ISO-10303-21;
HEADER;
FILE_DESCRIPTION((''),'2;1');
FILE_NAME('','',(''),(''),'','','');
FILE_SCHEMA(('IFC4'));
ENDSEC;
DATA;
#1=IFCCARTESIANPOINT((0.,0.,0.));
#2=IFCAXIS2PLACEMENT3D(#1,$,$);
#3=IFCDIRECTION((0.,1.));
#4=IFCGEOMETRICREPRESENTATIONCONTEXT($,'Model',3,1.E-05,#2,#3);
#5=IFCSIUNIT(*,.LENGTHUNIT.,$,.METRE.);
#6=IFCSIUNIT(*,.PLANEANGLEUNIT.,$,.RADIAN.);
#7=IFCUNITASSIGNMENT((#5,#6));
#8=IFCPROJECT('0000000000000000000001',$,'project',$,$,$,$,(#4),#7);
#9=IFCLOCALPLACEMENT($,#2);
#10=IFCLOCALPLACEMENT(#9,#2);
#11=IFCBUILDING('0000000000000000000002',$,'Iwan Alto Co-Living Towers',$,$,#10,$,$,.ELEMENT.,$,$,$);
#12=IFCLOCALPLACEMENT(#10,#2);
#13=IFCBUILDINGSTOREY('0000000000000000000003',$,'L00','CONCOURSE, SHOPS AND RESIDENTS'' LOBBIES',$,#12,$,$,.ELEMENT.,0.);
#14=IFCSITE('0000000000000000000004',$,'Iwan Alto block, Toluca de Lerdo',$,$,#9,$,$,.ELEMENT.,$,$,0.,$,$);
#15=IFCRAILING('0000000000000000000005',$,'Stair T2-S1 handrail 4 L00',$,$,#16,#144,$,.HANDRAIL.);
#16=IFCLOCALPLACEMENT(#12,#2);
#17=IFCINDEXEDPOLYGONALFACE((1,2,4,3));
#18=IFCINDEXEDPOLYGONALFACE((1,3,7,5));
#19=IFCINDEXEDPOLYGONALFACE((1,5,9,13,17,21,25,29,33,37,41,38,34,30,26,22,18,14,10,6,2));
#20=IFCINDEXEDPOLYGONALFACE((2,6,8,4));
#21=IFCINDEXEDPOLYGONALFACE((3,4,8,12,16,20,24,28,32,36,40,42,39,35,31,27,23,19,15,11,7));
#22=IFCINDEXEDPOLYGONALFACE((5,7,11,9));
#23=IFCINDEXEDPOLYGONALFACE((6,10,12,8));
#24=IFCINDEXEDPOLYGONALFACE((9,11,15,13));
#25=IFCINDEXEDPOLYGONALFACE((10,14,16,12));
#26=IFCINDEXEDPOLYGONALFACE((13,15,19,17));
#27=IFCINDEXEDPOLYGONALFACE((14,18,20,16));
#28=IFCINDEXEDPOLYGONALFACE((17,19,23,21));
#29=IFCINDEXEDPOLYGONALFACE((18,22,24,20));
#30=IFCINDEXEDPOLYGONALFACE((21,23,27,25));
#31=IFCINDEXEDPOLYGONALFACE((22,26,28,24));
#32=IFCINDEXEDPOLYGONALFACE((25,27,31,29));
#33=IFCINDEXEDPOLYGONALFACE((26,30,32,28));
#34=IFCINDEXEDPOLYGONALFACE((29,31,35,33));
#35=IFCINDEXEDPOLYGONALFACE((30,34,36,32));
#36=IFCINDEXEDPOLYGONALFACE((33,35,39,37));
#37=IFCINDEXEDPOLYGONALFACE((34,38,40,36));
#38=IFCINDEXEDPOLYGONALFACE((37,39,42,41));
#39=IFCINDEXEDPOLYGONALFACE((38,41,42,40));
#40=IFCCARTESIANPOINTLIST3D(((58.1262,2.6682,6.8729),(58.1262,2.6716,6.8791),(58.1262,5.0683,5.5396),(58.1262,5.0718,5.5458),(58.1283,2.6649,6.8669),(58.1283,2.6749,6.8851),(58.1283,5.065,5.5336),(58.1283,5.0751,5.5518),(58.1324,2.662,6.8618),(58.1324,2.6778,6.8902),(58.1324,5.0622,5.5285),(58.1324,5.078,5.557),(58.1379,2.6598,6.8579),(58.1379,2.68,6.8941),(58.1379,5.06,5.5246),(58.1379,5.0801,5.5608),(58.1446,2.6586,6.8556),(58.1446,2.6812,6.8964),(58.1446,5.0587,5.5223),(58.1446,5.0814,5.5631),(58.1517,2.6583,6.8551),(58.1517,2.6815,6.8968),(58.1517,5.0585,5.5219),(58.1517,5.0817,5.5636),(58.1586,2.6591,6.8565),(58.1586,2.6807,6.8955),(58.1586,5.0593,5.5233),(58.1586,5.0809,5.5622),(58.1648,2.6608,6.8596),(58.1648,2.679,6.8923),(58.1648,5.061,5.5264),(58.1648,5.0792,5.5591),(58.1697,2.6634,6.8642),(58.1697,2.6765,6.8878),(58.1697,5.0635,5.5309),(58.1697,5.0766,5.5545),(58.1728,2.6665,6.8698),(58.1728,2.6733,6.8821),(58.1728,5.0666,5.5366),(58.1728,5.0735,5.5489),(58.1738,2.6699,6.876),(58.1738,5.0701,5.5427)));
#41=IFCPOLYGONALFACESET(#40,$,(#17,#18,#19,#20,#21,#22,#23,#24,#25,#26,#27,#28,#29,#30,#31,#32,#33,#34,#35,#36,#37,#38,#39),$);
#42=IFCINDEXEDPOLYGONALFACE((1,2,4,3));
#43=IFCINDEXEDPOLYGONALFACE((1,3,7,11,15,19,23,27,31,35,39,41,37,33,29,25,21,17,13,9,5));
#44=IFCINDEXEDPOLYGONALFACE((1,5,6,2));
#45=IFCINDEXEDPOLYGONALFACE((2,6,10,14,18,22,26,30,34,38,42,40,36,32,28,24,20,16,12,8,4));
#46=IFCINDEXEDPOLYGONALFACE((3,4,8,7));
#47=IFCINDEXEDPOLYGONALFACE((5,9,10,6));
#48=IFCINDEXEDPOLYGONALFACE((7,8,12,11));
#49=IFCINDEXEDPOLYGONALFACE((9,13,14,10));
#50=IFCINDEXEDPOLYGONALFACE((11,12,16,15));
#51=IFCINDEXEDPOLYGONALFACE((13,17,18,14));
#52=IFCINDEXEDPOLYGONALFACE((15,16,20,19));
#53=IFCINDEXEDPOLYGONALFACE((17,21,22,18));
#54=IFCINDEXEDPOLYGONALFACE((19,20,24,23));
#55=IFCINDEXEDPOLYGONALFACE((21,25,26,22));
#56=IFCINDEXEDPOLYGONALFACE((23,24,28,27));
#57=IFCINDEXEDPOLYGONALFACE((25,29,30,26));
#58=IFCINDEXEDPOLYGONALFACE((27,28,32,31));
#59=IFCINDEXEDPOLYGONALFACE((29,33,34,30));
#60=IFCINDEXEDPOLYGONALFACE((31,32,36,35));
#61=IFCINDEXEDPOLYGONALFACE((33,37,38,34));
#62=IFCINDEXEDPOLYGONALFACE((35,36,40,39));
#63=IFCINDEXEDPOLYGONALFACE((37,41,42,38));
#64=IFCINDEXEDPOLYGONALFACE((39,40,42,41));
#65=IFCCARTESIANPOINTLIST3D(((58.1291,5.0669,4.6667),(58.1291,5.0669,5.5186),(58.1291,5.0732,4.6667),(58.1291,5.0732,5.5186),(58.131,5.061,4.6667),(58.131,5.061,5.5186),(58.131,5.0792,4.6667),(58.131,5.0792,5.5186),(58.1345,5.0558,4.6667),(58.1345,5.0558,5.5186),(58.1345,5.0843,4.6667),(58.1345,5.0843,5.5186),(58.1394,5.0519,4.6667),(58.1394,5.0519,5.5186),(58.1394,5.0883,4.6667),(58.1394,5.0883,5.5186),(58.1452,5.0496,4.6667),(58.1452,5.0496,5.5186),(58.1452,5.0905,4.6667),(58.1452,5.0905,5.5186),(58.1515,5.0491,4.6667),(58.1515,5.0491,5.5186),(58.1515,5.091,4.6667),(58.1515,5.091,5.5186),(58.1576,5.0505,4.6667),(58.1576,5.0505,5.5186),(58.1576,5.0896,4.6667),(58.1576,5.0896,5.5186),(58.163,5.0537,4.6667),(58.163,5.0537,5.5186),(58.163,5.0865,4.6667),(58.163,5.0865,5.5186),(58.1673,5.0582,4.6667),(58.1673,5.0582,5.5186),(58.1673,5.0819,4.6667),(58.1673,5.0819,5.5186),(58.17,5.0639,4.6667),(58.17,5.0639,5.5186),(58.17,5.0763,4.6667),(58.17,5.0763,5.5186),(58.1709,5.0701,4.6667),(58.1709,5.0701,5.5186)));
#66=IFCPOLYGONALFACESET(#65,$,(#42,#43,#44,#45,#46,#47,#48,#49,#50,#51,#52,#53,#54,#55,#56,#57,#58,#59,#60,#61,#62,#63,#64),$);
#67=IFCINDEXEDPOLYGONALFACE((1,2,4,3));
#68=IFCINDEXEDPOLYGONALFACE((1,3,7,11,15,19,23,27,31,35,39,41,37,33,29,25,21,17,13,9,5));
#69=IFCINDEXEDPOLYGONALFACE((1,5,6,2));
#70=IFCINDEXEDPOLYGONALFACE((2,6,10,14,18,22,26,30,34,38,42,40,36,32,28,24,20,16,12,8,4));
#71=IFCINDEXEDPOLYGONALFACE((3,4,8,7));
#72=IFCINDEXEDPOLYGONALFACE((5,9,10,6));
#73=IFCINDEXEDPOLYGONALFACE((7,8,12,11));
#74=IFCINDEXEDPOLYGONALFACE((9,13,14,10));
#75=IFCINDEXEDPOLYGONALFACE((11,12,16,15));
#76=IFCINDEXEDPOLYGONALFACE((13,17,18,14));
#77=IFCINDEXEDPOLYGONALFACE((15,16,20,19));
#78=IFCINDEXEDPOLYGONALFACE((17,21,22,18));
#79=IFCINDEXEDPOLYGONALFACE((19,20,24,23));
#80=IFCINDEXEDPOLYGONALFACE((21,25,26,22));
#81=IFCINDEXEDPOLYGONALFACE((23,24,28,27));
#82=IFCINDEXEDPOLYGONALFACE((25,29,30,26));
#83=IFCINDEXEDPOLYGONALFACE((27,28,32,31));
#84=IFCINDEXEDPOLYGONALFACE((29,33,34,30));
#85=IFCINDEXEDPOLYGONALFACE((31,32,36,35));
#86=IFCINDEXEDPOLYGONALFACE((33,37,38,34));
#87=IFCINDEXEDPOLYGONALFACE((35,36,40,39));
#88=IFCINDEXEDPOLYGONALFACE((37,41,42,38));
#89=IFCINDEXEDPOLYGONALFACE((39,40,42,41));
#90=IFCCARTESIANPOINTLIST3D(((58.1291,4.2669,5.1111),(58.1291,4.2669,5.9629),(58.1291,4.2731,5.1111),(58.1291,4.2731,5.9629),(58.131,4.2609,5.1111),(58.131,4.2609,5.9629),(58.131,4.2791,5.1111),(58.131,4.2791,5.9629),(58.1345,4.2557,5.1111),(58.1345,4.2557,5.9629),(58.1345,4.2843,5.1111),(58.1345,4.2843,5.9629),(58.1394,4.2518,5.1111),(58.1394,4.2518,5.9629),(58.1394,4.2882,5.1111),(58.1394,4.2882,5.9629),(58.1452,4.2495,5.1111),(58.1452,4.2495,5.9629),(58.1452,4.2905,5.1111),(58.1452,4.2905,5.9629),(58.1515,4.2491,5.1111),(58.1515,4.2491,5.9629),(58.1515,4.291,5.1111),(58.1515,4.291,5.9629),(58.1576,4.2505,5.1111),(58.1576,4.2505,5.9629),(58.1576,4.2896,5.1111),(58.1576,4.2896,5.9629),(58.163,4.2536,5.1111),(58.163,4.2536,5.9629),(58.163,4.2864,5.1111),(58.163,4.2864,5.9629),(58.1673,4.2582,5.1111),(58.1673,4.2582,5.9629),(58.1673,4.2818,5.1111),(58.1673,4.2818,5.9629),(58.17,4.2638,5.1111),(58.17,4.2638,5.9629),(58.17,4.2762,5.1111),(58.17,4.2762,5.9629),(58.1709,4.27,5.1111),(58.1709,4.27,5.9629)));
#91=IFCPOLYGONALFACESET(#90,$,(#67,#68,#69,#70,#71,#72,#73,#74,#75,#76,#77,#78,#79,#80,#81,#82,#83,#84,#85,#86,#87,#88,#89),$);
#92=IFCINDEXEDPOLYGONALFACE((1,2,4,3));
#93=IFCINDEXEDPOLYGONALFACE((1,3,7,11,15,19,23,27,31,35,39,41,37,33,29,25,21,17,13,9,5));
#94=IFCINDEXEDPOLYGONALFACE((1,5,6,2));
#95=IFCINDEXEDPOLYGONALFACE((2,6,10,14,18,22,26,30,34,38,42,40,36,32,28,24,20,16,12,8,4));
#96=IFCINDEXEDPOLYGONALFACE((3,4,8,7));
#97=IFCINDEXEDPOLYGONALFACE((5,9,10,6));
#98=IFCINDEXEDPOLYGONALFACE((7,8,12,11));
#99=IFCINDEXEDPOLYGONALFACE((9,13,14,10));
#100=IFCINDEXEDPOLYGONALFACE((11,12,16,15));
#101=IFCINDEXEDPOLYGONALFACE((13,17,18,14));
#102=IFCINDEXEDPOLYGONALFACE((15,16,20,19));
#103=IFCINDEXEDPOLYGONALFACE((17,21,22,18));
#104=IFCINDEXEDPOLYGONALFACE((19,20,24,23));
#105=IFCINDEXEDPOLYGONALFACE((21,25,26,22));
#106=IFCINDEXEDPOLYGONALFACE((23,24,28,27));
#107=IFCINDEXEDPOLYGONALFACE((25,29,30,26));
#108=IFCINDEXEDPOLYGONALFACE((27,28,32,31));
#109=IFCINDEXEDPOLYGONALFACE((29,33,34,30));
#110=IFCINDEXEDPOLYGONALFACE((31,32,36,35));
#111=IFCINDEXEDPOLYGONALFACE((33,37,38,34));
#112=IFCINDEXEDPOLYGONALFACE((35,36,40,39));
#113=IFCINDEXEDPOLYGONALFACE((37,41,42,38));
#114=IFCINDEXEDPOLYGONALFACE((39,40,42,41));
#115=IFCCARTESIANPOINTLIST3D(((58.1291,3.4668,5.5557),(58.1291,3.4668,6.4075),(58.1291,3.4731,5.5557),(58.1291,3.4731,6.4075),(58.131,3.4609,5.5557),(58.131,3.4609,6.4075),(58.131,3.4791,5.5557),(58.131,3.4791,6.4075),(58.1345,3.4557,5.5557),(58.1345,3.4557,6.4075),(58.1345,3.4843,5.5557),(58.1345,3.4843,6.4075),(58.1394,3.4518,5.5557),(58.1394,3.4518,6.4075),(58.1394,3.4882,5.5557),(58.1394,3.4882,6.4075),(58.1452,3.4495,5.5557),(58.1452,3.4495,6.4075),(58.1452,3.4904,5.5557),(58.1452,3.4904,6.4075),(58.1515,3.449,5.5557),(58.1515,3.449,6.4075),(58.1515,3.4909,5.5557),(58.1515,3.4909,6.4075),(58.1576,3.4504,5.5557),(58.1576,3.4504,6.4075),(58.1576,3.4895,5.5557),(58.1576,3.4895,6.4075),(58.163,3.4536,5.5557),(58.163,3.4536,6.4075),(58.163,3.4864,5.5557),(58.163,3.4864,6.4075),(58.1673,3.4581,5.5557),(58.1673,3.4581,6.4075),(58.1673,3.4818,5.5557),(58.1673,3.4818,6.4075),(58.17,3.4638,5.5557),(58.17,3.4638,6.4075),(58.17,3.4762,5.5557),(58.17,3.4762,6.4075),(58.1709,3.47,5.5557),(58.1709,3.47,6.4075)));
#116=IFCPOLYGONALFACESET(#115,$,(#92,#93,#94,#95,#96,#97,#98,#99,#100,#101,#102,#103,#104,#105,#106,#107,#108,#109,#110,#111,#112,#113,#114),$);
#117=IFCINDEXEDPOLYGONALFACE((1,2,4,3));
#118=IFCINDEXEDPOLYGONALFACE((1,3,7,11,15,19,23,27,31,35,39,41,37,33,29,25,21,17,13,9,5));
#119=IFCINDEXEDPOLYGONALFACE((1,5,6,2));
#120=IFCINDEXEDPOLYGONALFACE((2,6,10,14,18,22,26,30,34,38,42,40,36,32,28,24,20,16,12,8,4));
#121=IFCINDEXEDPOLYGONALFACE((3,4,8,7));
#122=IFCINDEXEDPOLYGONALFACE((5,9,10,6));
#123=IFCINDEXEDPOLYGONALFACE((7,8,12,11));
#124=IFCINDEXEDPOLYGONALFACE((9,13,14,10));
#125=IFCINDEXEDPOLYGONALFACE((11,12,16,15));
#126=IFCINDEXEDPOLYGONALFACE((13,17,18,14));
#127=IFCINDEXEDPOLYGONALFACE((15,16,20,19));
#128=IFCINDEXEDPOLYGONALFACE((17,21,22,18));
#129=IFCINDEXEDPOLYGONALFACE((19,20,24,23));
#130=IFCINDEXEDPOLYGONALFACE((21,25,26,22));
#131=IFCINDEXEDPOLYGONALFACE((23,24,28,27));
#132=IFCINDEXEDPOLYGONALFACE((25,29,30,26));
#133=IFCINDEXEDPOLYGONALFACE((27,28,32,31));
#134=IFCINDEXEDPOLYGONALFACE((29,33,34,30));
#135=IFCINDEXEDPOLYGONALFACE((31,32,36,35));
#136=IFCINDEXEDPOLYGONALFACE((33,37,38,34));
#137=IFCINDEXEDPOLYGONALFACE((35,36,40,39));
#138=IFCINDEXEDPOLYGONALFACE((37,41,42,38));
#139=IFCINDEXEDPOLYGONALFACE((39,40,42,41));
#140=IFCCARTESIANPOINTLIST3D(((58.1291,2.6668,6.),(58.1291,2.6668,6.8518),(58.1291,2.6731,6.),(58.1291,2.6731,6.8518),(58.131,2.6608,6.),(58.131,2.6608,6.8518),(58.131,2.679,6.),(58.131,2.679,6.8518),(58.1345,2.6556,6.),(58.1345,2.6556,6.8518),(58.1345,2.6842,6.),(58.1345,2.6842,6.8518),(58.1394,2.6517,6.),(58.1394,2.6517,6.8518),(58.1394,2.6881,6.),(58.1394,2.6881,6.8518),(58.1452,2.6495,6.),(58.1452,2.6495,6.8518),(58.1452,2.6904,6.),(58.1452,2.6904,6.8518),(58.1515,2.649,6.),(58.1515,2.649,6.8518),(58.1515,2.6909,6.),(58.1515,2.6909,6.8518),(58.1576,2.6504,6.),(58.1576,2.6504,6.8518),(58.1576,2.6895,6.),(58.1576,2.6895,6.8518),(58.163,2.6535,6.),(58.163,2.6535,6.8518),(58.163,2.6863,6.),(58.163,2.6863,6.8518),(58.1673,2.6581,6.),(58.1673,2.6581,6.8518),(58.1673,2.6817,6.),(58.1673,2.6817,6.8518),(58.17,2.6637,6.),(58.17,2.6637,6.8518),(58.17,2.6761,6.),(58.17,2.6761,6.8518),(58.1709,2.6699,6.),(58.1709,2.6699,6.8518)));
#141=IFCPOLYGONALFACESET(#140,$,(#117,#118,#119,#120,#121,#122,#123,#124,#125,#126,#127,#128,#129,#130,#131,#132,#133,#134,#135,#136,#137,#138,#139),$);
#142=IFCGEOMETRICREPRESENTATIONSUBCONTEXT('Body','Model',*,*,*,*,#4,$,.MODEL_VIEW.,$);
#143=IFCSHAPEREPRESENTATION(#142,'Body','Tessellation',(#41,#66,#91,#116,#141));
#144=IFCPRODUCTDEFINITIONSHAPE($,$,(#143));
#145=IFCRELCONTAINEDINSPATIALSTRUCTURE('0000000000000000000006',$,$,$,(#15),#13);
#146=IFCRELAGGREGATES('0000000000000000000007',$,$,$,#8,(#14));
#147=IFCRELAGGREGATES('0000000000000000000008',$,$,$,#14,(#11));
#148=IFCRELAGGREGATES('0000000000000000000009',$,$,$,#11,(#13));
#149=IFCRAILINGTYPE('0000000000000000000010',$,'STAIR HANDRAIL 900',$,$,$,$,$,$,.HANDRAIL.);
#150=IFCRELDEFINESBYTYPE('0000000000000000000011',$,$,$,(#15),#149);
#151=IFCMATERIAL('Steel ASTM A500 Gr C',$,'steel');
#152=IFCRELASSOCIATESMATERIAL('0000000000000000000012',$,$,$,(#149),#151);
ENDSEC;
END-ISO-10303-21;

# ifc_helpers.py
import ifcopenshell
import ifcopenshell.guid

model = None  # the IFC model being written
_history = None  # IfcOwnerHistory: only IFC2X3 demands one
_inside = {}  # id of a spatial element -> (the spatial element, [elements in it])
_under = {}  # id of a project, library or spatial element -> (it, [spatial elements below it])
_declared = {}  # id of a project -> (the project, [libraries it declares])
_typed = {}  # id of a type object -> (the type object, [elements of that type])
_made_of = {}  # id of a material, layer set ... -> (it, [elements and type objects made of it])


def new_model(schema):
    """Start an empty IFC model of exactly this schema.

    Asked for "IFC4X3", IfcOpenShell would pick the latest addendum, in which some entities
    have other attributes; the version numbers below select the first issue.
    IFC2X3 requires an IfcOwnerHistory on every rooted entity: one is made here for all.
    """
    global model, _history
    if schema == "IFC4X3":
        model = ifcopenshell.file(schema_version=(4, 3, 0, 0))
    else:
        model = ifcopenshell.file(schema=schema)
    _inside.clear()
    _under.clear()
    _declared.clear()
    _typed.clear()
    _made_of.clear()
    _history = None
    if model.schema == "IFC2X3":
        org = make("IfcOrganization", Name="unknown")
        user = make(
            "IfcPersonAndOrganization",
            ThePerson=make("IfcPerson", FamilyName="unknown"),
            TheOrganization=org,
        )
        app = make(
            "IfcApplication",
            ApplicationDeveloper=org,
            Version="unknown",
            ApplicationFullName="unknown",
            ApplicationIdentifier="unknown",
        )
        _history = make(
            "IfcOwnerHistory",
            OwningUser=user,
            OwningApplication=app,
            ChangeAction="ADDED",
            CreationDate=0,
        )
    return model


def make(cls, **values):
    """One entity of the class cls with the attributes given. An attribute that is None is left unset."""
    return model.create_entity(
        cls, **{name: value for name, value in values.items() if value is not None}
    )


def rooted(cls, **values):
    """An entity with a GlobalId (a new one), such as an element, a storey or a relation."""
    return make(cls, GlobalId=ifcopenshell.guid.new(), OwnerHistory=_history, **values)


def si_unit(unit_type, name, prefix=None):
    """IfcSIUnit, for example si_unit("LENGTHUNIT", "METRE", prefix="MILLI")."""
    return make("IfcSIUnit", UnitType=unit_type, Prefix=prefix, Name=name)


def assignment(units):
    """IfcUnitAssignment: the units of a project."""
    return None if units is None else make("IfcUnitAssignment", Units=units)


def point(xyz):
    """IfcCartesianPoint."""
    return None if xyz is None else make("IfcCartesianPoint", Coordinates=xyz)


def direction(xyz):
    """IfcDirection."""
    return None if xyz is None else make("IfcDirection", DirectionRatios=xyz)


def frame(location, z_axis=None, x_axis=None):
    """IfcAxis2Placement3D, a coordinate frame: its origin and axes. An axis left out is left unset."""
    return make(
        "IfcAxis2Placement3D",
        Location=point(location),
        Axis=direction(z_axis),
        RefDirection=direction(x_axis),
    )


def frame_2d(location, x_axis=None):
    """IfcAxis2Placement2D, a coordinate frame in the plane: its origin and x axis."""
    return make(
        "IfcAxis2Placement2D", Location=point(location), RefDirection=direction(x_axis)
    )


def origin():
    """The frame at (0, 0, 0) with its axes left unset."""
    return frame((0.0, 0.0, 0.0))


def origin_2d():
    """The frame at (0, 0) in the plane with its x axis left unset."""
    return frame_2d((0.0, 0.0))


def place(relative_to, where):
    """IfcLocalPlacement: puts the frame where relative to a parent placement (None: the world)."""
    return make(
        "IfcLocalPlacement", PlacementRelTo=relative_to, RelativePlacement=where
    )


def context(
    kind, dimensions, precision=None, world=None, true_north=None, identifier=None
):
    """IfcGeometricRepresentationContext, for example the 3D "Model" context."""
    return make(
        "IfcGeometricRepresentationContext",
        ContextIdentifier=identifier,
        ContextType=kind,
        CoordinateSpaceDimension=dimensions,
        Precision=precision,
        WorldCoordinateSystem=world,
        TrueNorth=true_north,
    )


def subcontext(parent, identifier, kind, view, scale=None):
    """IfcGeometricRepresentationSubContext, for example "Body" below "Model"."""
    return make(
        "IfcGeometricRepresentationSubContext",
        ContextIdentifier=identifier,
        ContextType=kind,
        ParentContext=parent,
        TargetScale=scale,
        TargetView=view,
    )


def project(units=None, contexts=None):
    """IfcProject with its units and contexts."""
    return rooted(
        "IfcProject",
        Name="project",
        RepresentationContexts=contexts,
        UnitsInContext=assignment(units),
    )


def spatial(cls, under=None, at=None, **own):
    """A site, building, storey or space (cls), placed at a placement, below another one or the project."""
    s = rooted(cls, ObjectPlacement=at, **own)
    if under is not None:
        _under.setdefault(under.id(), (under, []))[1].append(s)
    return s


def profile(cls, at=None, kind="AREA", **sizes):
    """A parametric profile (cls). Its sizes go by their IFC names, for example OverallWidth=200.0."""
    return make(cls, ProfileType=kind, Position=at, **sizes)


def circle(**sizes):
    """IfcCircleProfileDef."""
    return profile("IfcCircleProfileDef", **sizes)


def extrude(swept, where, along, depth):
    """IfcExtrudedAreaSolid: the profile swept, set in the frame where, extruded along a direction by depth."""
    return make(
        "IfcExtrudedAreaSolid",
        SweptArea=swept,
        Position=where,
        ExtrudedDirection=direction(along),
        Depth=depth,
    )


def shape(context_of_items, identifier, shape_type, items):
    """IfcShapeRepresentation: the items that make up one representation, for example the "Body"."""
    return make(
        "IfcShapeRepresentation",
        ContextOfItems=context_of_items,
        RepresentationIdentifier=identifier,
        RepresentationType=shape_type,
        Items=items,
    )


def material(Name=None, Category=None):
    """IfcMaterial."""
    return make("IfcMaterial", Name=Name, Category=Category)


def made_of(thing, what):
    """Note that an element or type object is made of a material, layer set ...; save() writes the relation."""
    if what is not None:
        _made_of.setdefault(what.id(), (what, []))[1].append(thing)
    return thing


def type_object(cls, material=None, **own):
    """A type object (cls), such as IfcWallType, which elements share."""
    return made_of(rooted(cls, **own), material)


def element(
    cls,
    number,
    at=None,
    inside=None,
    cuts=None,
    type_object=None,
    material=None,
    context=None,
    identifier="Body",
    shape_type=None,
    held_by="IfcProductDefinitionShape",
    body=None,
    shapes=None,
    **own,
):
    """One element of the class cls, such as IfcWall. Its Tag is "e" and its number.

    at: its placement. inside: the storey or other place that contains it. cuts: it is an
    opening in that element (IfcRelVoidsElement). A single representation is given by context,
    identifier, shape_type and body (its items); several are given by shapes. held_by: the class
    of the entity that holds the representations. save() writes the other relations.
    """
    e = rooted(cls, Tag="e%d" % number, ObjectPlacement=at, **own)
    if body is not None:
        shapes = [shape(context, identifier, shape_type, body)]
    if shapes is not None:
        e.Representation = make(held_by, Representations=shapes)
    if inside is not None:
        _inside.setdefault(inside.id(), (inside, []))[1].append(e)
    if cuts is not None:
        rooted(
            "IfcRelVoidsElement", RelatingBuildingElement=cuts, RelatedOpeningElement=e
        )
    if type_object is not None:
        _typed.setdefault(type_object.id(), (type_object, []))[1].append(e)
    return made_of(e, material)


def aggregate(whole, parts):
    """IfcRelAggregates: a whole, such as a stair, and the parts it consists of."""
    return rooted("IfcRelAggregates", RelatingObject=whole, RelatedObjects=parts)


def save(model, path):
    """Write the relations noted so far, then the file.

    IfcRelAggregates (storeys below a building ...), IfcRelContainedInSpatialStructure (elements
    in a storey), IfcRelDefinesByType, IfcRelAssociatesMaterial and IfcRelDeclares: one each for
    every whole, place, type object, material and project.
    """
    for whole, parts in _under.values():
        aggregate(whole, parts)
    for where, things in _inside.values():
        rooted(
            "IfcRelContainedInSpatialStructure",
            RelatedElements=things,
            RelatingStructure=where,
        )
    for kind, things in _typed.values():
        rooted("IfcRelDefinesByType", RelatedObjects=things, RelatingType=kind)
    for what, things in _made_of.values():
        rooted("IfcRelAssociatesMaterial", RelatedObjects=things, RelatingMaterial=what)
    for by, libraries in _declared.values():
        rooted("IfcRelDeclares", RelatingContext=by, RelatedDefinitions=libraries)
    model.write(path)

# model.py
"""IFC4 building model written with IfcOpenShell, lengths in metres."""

from ifc_helpers import new_model, si_unit, direction, frame, origin, origin_2d, place, context, subcontext, project, spatial, circle, extrude, material, type_object, element, save


model = new_model("IFC4")

# Units and contexts
model_context = context("Model", 3, precision=1e-05, world=origin(), true_north=direction((0.0, 1.0)))
body_context = subcontext(model_context, "Body", "Model", "MODEL_VIEW")
ifc_project = project(units=[si_unit("LENGTHUNIT", "METRE"), si_unit("PLANEANGLEUNIT", "RADIAN")], contexts=[model_context])

# Site, building, storey
site_placement = place(None, origin())
site = spatial("IfcSite", under=ifc_project, at=site_placement, Name="Iwan Alto block, Toluca de Lerdo", CompositionType="ELEMENT", RefElevation=0.0)
building_placement = place(site_placement, origin())
building = spatial("IfcBuilding", under=site, at=building_placement, Name="Iwan Alto Co-Living Towers", CompositionType="ELEMENT")
storey_placement = place(building_placement, origin())
storey = spatial("IfcBuildingStorey", under=building, at=storey_placement, Name="L00", Description="CONCOURSE, SHOPS AND RESIDENTS' LOBBIES", CompositionType="ELEMENT", Elevation=0.0)

# Railing
ifc_material_1 = material(Name="Steel ASTM A500 Gr C", Category="steel")
railing_type_1 = type_object("IfcRailingType", Name="STAIR HANDRAIL 900", PredefinedType="HANDRAIL", material=ifc_material_1)
railing_1_placement = place(storey_placement, frame((58.1499, 5.0701, 4.6667)))
element("IfcRailing", 1, at=railing_1_placement, inside=storey, type_object=railing_type_1, Name="Stair T2-S1 handrail 4 L00", PredefinedType="HANDRAIL", context=body_context, shape_type="SweptSolid", body=[
    extrude(circle(Radius=0.0239, at=origin_2d()), frame((0.0, 0.0, 0.876), z_axis=(0.0, -0.874182, 0.485598), x_axis=(1.0, 0.0, 0.0)), (0.0, 0.0, 1.0), 2.7456),
    extrude(circle(Radius=0.021, at=origin_2d()), origin(), (0.0, 0.0, 1.0), 0.8518),
    extrude(circle(Radius=0.021, at=origin_2d()), frame((0.0, -0.8, 0.4443)), (0.0, 0.0, 1.0), 0.8518),
    extrude(circle(Radius=0.021, at=origin_2d()), frame((0.0, -1.6001, 0.8889)), (0.0, 0.0, 1.0), 0.8518),
    extrude(circle(Radius=0.021, at=origin_2d()), frame((0.0, -2.4001, 1.3333)), (0.0, 0.0, 1.0), 0.8518),
])

save(model, "model.ifc")
